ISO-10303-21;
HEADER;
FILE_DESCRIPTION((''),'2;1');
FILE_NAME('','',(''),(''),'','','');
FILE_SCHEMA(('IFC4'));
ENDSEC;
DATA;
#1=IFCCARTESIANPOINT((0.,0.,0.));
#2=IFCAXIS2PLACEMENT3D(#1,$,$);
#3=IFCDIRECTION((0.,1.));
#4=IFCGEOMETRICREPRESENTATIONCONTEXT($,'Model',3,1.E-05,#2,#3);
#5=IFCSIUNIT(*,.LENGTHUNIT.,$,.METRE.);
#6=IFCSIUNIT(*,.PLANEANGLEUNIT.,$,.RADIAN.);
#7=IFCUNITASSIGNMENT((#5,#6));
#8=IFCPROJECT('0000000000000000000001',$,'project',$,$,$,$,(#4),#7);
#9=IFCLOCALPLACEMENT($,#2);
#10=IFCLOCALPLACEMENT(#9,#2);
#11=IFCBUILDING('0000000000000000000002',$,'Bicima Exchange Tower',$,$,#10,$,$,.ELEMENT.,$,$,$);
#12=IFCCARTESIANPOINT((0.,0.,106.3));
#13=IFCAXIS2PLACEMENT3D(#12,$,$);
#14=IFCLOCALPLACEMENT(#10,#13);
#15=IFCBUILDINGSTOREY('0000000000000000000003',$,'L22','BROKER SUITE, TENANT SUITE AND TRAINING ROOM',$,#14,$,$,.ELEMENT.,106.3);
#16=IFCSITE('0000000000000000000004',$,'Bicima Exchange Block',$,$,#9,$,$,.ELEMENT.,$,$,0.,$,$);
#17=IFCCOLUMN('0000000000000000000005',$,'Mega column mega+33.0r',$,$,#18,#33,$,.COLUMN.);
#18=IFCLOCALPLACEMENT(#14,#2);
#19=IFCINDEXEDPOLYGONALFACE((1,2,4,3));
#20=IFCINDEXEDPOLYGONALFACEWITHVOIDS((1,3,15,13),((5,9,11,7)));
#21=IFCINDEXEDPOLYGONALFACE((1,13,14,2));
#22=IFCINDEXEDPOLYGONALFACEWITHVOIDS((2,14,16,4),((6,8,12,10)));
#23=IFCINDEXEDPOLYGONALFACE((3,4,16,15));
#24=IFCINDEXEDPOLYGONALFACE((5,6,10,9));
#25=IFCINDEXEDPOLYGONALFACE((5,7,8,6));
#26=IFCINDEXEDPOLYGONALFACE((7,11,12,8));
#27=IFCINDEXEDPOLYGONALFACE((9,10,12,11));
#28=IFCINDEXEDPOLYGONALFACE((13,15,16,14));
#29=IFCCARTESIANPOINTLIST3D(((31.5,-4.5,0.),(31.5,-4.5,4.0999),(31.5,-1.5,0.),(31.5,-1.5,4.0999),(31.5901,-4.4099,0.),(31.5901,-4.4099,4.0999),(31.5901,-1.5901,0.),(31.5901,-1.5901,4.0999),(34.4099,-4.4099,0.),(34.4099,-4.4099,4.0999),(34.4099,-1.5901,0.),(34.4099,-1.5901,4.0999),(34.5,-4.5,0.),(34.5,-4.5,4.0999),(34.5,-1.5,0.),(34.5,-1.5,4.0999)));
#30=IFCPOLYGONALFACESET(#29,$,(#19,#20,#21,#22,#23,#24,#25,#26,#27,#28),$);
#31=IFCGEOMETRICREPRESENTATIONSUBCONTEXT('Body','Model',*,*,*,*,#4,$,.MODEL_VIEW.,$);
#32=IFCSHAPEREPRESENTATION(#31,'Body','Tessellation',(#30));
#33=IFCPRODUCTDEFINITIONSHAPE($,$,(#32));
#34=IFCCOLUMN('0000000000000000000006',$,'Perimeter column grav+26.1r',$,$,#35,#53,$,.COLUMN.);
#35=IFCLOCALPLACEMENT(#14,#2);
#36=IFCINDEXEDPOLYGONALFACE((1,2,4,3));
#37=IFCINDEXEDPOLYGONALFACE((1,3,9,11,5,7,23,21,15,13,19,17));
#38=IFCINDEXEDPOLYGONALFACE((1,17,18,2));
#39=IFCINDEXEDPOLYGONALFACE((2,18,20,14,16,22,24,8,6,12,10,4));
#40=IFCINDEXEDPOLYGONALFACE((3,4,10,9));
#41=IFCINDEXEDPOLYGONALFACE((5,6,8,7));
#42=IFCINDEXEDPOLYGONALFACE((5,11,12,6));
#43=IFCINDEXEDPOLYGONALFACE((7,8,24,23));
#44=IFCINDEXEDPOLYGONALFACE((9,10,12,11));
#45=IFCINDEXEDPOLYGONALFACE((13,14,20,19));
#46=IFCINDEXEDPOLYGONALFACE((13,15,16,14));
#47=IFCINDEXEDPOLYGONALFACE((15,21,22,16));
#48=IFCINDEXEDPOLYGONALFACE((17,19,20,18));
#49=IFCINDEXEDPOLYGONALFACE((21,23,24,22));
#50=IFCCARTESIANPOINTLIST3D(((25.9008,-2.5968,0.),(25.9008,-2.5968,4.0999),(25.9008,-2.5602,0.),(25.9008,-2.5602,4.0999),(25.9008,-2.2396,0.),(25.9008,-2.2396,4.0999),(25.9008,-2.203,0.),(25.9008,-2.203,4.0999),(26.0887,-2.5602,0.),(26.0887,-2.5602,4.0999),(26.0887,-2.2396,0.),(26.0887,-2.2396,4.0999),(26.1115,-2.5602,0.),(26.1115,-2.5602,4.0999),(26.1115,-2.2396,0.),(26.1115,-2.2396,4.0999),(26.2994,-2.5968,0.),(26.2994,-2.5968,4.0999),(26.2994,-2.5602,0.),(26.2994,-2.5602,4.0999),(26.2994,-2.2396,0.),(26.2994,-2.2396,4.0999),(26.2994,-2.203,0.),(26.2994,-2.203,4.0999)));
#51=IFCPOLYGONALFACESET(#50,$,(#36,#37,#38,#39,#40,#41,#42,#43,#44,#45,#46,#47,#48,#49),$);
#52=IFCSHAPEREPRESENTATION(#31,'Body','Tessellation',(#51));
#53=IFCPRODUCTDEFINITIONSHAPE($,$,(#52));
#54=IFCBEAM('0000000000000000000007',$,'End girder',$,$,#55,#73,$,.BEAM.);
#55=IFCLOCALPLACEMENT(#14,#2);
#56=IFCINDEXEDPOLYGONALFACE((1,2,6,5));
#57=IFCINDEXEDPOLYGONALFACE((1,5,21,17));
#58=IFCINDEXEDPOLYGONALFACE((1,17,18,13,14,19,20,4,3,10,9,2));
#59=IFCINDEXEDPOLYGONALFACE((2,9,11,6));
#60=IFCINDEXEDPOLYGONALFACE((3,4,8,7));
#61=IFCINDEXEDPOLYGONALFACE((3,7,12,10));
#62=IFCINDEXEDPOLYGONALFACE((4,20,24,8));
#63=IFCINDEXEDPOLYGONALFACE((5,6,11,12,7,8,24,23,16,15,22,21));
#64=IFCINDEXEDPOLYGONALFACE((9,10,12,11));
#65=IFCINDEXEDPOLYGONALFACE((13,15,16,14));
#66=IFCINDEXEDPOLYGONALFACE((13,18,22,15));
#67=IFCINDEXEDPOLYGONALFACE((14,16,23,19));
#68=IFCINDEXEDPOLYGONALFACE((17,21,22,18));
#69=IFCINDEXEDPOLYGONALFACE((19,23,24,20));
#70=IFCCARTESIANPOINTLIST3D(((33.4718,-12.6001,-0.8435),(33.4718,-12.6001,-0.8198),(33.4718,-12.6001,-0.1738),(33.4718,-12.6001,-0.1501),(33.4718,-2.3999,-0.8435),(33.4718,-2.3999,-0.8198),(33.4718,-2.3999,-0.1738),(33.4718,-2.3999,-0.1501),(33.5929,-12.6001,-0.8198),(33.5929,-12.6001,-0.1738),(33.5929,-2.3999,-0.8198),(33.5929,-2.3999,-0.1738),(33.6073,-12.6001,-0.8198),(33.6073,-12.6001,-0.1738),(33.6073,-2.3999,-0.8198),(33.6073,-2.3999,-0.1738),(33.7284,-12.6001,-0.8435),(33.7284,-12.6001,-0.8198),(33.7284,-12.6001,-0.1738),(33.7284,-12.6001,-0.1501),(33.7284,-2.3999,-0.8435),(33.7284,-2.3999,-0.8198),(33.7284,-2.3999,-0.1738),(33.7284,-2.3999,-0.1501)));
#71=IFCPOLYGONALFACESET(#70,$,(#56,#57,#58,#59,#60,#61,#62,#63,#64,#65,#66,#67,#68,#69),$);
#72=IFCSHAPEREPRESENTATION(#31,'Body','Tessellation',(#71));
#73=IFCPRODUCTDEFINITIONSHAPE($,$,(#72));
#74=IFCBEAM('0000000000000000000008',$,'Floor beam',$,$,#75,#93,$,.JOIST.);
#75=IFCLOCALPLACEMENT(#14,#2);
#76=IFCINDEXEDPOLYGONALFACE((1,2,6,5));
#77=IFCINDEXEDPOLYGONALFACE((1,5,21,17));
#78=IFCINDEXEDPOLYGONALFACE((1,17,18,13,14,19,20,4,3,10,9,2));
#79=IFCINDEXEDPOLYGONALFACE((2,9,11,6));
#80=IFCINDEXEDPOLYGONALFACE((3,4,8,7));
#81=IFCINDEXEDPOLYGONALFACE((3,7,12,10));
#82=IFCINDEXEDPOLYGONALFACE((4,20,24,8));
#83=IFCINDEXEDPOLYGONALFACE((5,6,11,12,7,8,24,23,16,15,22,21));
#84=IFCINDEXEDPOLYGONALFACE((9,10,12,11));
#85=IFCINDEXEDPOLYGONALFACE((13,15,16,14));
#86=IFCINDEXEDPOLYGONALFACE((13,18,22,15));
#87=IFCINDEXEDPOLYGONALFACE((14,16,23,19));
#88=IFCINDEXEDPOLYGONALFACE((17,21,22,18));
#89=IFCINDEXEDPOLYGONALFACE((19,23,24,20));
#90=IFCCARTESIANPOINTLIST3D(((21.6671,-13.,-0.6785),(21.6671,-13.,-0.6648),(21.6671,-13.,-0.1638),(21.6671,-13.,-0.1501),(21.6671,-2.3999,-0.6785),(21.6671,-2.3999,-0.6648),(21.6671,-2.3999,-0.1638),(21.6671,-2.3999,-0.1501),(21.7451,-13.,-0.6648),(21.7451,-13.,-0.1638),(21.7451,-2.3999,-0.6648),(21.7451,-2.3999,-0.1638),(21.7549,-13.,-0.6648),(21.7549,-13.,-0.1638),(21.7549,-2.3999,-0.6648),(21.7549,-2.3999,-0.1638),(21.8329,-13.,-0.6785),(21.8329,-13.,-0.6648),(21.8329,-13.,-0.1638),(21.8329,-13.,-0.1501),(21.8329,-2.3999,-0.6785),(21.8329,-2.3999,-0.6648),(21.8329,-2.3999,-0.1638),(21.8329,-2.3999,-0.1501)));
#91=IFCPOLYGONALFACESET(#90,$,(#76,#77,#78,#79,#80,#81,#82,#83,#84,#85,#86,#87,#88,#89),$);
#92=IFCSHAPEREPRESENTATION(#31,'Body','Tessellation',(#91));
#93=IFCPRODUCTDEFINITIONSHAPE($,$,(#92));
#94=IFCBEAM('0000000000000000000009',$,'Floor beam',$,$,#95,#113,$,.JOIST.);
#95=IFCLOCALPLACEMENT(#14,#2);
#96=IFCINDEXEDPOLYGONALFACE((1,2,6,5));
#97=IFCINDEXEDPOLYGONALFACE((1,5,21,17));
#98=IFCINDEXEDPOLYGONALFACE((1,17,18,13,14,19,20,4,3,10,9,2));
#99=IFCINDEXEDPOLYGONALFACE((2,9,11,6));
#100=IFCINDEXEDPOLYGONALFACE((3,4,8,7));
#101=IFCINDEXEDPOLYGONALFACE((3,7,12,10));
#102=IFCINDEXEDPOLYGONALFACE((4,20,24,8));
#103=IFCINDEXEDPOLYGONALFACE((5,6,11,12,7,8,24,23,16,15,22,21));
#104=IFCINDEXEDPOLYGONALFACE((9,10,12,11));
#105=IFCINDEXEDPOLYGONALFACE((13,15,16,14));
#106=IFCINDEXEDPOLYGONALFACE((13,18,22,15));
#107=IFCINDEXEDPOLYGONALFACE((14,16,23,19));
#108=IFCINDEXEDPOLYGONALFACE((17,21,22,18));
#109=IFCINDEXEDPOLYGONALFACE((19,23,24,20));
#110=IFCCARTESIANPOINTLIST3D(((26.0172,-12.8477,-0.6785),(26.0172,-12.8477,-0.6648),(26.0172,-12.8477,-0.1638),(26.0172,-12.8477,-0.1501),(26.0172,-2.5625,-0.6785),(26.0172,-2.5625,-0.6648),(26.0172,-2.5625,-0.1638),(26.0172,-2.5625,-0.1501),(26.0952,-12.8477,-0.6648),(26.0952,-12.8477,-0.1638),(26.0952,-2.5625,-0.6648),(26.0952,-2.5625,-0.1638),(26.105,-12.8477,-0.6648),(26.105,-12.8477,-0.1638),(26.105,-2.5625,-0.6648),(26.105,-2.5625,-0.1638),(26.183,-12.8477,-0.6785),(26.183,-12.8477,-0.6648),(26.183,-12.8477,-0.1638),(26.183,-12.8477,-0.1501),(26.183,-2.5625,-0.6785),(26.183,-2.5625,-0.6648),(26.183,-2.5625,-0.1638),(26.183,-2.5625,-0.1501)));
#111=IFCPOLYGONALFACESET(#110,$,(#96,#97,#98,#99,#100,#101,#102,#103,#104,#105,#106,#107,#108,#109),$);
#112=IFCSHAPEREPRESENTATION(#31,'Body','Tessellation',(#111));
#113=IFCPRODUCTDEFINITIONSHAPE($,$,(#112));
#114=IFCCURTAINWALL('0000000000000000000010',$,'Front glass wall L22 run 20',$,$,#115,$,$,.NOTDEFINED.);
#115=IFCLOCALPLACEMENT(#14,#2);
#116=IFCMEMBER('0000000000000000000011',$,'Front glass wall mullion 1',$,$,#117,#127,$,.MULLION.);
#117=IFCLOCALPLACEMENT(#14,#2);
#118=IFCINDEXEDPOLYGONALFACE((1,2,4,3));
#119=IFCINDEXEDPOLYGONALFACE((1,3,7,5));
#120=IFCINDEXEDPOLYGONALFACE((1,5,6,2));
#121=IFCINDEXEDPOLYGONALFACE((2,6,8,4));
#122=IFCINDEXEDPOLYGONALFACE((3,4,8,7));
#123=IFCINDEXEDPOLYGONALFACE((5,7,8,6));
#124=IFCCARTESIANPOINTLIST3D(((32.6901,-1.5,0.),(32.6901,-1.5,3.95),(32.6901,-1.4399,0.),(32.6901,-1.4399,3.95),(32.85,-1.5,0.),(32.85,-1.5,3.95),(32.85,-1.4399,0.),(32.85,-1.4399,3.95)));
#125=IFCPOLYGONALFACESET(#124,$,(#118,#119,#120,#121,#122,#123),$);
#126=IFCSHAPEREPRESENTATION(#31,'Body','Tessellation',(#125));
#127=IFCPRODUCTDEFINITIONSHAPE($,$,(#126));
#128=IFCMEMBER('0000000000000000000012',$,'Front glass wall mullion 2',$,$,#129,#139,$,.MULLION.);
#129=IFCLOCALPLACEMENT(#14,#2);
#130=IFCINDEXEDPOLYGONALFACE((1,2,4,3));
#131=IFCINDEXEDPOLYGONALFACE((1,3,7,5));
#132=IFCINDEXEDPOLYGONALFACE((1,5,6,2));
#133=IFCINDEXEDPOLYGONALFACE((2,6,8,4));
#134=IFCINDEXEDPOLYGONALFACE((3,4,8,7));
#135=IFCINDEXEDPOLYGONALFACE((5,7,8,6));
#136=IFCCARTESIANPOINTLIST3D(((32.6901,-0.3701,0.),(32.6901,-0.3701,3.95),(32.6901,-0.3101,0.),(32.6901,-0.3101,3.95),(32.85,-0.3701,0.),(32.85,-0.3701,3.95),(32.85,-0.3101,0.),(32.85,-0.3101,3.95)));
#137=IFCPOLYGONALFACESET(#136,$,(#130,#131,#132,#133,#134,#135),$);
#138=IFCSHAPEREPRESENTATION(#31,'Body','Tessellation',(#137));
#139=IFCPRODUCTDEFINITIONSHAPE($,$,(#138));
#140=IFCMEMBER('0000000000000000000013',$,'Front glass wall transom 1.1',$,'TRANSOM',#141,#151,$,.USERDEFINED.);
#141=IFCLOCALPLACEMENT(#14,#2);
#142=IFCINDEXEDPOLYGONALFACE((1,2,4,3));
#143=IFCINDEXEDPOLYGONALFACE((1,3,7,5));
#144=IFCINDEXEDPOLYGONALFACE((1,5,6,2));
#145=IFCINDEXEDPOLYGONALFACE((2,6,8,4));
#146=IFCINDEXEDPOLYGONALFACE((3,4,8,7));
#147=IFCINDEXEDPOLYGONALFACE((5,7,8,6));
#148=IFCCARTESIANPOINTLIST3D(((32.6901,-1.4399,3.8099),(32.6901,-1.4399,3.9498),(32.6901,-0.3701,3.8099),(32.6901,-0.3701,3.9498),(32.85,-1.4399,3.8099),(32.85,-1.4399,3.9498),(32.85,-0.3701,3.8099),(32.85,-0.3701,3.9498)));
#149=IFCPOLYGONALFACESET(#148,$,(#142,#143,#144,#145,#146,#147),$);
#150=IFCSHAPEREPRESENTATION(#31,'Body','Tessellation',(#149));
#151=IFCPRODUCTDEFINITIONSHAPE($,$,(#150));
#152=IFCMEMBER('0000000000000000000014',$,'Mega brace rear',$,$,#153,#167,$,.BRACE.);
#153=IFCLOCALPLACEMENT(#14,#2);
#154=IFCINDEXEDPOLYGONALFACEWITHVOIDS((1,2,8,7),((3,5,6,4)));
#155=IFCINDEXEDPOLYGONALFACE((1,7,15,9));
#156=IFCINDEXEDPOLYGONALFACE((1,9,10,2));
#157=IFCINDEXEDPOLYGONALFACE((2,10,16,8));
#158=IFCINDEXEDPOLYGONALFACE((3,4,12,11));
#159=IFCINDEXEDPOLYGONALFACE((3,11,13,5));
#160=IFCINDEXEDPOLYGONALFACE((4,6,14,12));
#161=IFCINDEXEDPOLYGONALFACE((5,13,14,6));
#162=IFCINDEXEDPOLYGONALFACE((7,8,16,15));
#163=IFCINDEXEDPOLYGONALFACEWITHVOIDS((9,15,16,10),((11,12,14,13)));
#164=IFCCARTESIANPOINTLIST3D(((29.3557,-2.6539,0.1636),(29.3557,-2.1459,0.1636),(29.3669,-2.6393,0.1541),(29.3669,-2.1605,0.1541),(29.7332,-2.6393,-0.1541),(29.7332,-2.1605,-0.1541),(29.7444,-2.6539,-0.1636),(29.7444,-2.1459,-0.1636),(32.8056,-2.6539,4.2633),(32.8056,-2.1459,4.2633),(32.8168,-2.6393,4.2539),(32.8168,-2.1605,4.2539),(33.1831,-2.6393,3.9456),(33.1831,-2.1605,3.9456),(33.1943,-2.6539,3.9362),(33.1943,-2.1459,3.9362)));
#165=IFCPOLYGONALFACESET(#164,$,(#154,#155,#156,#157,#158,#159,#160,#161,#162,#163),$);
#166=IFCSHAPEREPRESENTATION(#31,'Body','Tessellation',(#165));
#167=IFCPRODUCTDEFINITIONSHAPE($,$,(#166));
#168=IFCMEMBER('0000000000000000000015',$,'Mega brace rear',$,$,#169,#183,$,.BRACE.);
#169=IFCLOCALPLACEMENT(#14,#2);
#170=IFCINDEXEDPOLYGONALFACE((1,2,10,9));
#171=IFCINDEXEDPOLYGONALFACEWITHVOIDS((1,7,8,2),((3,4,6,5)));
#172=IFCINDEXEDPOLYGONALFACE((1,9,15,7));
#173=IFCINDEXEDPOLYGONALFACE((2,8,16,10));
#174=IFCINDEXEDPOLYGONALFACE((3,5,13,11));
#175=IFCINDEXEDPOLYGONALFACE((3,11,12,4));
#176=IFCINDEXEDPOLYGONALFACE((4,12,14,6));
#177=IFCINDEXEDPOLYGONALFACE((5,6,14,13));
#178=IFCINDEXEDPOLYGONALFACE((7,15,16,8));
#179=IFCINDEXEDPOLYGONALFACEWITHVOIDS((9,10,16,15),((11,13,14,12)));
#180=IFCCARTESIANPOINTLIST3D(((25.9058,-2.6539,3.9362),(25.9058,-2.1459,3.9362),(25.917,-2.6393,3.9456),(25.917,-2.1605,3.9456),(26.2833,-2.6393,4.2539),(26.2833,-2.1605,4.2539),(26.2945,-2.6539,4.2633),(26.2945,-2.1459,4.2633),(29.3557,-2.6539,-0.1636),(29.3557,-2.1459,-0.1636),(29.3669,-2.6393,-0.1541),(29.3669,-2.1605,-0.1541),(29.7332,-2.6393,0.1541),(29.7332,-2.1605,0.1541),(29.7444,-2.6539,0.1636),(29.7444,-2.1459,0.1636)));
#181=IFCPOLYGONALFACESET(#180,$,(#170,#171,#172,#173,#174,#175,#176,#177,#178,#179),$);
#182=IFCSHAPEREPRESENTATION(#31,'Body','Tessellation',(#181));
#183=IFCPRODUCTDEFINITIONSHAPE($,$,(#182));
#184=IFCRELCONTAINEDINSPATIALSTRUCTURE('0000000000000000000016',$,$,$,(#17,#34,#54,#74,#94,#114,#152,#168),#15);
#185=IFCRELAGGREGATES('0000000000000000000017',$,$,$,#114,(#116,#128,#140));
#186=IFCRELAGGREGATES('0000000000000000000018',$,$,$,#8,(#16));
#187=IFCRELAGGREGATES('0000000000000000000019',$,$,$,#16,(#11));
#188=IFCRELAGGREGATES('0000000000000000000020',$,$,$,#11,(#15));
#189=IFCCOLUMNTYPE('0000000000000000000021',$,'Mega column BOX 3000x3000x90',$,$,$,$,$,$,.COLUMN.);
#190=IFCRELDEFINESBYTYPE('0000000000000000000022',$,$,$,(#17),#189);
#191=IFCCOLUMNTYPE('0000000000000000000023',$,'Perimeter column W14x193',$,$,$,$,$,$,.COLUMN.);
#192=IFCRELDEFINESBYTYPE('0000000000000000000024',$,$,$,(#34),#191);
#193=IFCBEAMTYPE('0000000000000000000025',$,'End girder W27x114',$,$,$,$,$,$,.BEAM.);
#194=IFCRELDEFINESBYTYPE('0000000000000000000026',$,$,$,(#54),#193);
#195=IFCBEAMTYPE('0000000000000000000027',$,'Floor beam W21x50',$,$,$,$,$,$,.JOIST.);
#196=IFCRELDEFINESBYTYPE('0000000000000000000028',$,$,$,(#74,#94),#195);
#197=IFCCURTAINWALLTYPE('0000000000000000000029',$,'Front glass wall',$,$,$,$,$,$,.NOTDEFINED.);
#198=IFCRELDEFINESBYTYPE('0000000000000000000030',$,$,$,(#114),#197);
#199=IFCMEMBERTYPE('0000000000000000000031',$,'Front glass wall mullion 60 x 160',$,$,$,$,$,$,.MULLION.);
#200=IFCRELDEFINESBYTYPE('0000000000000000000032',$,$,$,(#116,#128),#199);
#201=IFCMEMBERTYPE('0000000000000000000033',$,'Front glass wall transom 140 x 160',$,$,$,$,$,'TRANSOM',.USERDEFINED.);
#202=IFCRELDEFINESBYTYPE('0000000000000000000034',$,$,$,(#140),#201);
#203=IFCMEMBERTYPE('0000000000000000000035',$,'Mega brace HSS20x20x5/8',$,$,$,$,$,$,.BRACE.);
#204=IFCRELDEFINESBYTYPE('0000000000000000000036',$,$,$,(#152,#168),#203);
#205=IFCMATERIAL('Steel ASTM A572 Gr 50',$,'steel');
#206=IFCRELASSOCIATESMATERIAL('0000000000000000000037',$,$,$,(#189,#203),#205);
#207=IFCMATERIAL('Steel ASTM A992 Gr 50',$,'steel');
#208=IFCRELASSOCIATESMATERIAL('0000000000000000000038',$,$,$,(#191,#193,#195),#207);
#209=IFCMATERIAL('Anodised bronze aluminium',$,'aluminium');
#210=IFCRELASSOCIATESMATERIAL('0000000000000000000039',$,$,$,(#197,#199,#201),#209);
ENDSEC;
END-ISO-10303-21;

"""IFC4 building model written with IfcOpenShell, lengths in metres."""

from ifc_helpers import new_model, si_unit, direction, frame, origin, origin_2d, place, context, subcontext, project, spatial, rectangle, hollow_rectangle, i_section, extrude, material, material_profile, profile_set, type_object, element, aggregate, save


model = new_model("IFC4")

# Units and contexts
model_context = context("Model", 3, precision=1e-05, world=origin(), true_north=direction((0.0, 1.0)))
body_context = subcontext(model_context, "Body", "Model", "MODEL_VIEW")
ifc_project = project(units=[si_unit("LENGTHUNIT", "METRE"), si_unit("PLANEANGLEUNIT", "RADIAN")], contexts=[model_context])

# Site, building, storey
site_placement = place(None, origin())
site = spatial("IfcSite", under=ifc_project, at=site_placement, Name="Bicima Exchange Block", CompositionType="ELEMENT", RefElevation=0.0)
building_placement = place(site_placement, origin())
building = spatial("IfcBuilding", under=site, at=building_placement, Name="Bicima Exchange Tower", CompositionType="ELEMENT")
storey_placement = place(building_placement, frame((0.0, 0.0, 106.3)))
storey = spatial("IfcBuildingStorey", under=building, at=storey_placement, Name="L22", Description="BROKER SUITE, TENANT SUITE AND TRAINING ROOM", CompositionType="ELEMENT", Elevation=106.3)

# Columns
ifc_material_1 = material(Name="Steel ASTM A572 Gr 50", Category="steel")
ifc_material_profile_1 = material_profile(ifc_material_1, hollow_rectangle(XDim=3.0, YDim=3.0, WallThickness=0.0901, at=origin_2d()))
ifc_profile_set_1 = profile_set([ifc_material_profile_1], Name="Steel ASTM A572 Gr 50")
column_type_1 = type_object("IfcColumnType", Name="Mega column BOX 3000x3000x90", PredefinedType="COLUMN", material=ifc_profile_set_1)
column_1_placement = place(storey_placement, frame((33.0, -3.0, 0.0), z_axis=(0.0, 0.0, 1.0), x_axis=(1.0, 0.0, 0.0)))
element("IfcColumn", 1, at=column_1_placement, inside=storey, type_object=column_type_1, Name="Mega column mega+33.0r", PredefinedType="COLUMN", context=body_context, shape_type="SweptSolid", body=[
    extrude(hollow_rectangle(XDim=3.0, YDim=3.0, WallThickness=0.0901, at=origin_2d()), origin(), (0.0, 0.0, 1.0), 4.0999),
])
ifc_material_2 = material(Name="Steel ASTM A992 Gr 50", Category="steel")
ifc_material_profile_2 = material_profile(ifc_material_2, i_section(OverallWidth=0.3987, OverallDepth=0.3938, WebThickness=0.0227, FlangeThickness=0.0366, at=origin_2d()))
ifc_profile_set_2 = profile_set([ifc_material_profile_2], Name="Steel ASTM A992 Gr 50")
column_type_2 = type_object("IfcColumnType", Name="Perimeter column W14x193", PredefinedType="COLUMN", material=ifc_profile_set_2)
column_2_placement = place(storey_placement, frame((26.1001, -2.3999, 0.0), z_axis=(0.0, 0.0, 1.0), x_axis=(1.0, 0.0, 0.0)))
element("IfcColumn", 2, at=column_2_placement, inside=storey, type_object=column_type_2, Name="Perimeter column grav+26.1r", PredefinedType="COLUMN", context=body_context, shape_type="SweptSolid", body=[
    extrude(i_section(OverallWidth=0.3987, OverallDepth=0.3938, WebThickness=0.0227, FlangeThickness=0.0366, at=origin_2d()), origin(), (0.0, 0.0, 1.0), 4.0999),
])

# Beams
ifc_material_profile_3 = material_profile(ifc_material_2, i_section(OverallWidth=0.2566, OverallDepth=0.6934, WebThickness=0.0144, FlangeThickness=0.0237, at=origin_2d()))
ifc_profile_set_3 = profile_set([ifc_material_profile_3], Name="Steel ASTM A992 Gr 50")
beam_type_1 = type_object("IfcBeamType", Name="End girder W27x114", PredefinedType="BEAM", material=ifc_profile_set_3)
beam_1_placement = place(storey_placement, frame((33.6001, -2.3999, -0.4968), z_axis=(0.0, -1.0, 0.0), x_axis=(1.0, 0.0, 0.0)))
element("IfcBeam", 3, at=beam_1_placement, inside=storey, type_object=beam_type_1, Name="End girder", PredefinedType="BEAM", context=body_context, shape_type="SweptSolid", body=[
    extrude(i_section(OverallWidth=0.2566, OverallDepth=0.6934, WebThickness=0.0144, FlangeThickness=0.0237, at=origin_2d()), origin(), (0.0, 0.0, 1.0), 10.2002),
])
ifc_material_profile_4 = material_profile(ifc_material_2, i_section(OverallWidth=0.1658, OverallDepth=0.5283, WebThickness=0.0098, FlangeThickness=0.0137, at=origin_2d()))
ifc_profile_set_4 = profile_set([ifc_material_profile_4], Name="Steel ASTM A992 Gr 50")
beam_type_2 = type_object("IfcBeamType", Name="Floor beam W21x50", PredefinedType="JOIST", material=ifc_profile_set_4)
beam_2_placement = place(storey_placement, frame((21.75, -2.3999, -0.4143), z_axis=(0.0, -1.0, 0.0), x_axis=(1.0, 0.0, 0.0)))
element("IfcBeam", 4, at=beam_2_placement, inside=storey, type_object=beam_type_2, Name="Floor beam", PredefinedType="JOIST", context=body_context, shape_type="SweptSolid", body=[
    extrude(i_section(OverallWidth=0.1658, OverallDepth=0.5283, WebThickness=0.0098, FlangeThickness=0.0137, at=origin_2d()), origin(), (0.0, 0.0, 1.0), 10.6001),
])
beam_3_placement = place(storey_placement, frame((26.1001, -2.5625, -0.4143), z_axis=(0.0, -1.0, 0.0), x_axis=(1.0, 0.0, 0.0)))
element("IfcBeam", 5, at=beam_3_placement, inside=storey, type_object=beam_type_2, Name="Floor beam", PredefinedType="JOIST", context=body_context, shape_type="SweptSolid", body=[
    extrude(i_section(OverallWidth=0.1658, OverallDepth=0.5283, WebThickness=0.0098, FlangeThickness=0.0137, at=origin_2d()), origin(), (0.0, 0.0, 1.0), 10.2852),
])

# Curtain wall, members
ifc_material_3 = material(Name="Anodised bronze aluminium", Category="aluminium")
curtain_wall_type = type_object("IfcCurtainWallType", Name="Front glass wall", PredefinedType="NOTDEFINED", material=ifc_material_3)
curtain_wall_placement = place(storey_placement, origin())
curtain_wall = element("IfcCurtainWall", 6, at=curtain_wall_placement, inside=storey, type_object=curtain_wall_type, Name="Front glass wall L22 run 20", PredefinedType="NOTDEFINED")
ifc_material_profile_5 = material_profile(ifc_material_3, rectangle(XDim=0.1599, YDim=0.0601, at=origin_2d()))
ifc_profile_set_5 = profile_set([ifc_material_profile_5], Name="Anodised bronze aluminium")
member_type_1 = type_object("IfcMemberType", Name="Front glass wall mullion 60 x 160", PredefinedType="MULLION", material=ifc_profile_set_5)
member_1_placement = place(storey_placement, frame((32.77, -1.47, 0.0), z_axis=(0.0, 0.0, 1.0), x_axis=(-1.0, 0.0, 0.0)))
member_1 = element("IfcMember", 7, at=member_1_placement, type_object=member_type_1, Name="Front glass wall mullion 1", PredefinedType="MULLION", context=body_context, shape_type="SweptSolid", body=[
    extrude(rectangle(XDim=0.1599, YDim=0.0601, at=origin_2d()), origin(), (0.0, 0.0, 1.0), 3.95),
])
member_2_placement = place(storey_placement, frame((32.77, -0.3401, 0.0), z_axis=(0.0, 0.0, 1.0), x_axis=(-1.0, 0.0, 0.0)))
member_2 = element("IfcMember", 8, at=member_2_placement, type_object=member_type_1, Name="Front glass wall mullion 2", PredefinedType="MULLION", context=body_context, shape_type="SweptSolid", body=[
    extrude(rectangle(XDim=0.1599, YDim=0.0601, at=origin_2d()), origin(), (0.0, 0.0, 1.0), 3.95),
])
ifc_material_profile_6 = material_profile(ifc_material_3, rectangle(XDim=0.1599, YDim=0.1399, at=origin_2d()))
ifc_profile_set_6 = profile_set([ifc_material_profile_6], Name="Anodised bronze aluminium")
member_type_2 = type_object("IfcMemberType", Name="Front glass wall transom 140 x 160", ElementType="TRANSOM", PredefinedType="USERDEFINED", material=ifc_profile_set_6)
member_3_placement = place(storey_placement, frame((32.77, -1.4399, 3.8799), z_axis=(0.0, 1.0, 0.0), x_axis=(-1.0, 0.0, 0.0)))
member_3 = element("IfcMember", 9, at=member_3_placement, type_object=member_type_2, Name="Front glass wall transom 1.1", ObjectType="TRANSOM", PredefinedType="USERDEFINED", context=body_context, shape_type="SweptSolid", body=[
    extrude(rectangle(XDim=0.1599, YDim=0.1399, at=origin_2d()), origin(), (0.0, 0.0, 1.0), 1.0698),
])

# Members
ifc_material_profile_7 = material_profile(ifc_material_1, hollow_rectangle(XDim=0.5081, YDim=0.5081, WallThickness=0.0146, at=origin_2d()))
ifc_profile_set_7 = profile_set([ifc_material_profile_7], Name="Steel ASTM A572 Gr 50")
member_type_3 = type_object("IfcMemberType", Name="Mega brace HSS20x20x5/8", PredefinedType="BRACE", material=ifc_profile_set_7)
for number, where, z_axis, x_axis, name in (
    (10, (29.55, -2.3999, 0.0), (0.643856, 0.0, 0.765146), (0.0, 1.0, 0.0), "Mega brace rear"),
    (11, (29.55, -2.3999, 0.0), (-0.643856, 0.0, 0.765146), (0.0, -1.0, 0.0), "Mega brace rear"),
):
    element("IfcMember", number, at=place(storey_placement, frame(where, z_axis=z_axis, x_axis=x_axis)), inside=storey, type_object=member_type_3, Name=name, PredefinedType="BRACE", context=body_context, shape_type="SweptSolid", body=[
        extrude(hollow_rectangle(XDim=0.5081, YDim=0.5081, WallThickness=0.0146, at=origin_2d()), origin(), (0.0, 0.0, 1.0), 5.3582),
    ])

aggregate(curtain_wall, [member_1, member_2, member_3])

save(model, "model.ifc")
